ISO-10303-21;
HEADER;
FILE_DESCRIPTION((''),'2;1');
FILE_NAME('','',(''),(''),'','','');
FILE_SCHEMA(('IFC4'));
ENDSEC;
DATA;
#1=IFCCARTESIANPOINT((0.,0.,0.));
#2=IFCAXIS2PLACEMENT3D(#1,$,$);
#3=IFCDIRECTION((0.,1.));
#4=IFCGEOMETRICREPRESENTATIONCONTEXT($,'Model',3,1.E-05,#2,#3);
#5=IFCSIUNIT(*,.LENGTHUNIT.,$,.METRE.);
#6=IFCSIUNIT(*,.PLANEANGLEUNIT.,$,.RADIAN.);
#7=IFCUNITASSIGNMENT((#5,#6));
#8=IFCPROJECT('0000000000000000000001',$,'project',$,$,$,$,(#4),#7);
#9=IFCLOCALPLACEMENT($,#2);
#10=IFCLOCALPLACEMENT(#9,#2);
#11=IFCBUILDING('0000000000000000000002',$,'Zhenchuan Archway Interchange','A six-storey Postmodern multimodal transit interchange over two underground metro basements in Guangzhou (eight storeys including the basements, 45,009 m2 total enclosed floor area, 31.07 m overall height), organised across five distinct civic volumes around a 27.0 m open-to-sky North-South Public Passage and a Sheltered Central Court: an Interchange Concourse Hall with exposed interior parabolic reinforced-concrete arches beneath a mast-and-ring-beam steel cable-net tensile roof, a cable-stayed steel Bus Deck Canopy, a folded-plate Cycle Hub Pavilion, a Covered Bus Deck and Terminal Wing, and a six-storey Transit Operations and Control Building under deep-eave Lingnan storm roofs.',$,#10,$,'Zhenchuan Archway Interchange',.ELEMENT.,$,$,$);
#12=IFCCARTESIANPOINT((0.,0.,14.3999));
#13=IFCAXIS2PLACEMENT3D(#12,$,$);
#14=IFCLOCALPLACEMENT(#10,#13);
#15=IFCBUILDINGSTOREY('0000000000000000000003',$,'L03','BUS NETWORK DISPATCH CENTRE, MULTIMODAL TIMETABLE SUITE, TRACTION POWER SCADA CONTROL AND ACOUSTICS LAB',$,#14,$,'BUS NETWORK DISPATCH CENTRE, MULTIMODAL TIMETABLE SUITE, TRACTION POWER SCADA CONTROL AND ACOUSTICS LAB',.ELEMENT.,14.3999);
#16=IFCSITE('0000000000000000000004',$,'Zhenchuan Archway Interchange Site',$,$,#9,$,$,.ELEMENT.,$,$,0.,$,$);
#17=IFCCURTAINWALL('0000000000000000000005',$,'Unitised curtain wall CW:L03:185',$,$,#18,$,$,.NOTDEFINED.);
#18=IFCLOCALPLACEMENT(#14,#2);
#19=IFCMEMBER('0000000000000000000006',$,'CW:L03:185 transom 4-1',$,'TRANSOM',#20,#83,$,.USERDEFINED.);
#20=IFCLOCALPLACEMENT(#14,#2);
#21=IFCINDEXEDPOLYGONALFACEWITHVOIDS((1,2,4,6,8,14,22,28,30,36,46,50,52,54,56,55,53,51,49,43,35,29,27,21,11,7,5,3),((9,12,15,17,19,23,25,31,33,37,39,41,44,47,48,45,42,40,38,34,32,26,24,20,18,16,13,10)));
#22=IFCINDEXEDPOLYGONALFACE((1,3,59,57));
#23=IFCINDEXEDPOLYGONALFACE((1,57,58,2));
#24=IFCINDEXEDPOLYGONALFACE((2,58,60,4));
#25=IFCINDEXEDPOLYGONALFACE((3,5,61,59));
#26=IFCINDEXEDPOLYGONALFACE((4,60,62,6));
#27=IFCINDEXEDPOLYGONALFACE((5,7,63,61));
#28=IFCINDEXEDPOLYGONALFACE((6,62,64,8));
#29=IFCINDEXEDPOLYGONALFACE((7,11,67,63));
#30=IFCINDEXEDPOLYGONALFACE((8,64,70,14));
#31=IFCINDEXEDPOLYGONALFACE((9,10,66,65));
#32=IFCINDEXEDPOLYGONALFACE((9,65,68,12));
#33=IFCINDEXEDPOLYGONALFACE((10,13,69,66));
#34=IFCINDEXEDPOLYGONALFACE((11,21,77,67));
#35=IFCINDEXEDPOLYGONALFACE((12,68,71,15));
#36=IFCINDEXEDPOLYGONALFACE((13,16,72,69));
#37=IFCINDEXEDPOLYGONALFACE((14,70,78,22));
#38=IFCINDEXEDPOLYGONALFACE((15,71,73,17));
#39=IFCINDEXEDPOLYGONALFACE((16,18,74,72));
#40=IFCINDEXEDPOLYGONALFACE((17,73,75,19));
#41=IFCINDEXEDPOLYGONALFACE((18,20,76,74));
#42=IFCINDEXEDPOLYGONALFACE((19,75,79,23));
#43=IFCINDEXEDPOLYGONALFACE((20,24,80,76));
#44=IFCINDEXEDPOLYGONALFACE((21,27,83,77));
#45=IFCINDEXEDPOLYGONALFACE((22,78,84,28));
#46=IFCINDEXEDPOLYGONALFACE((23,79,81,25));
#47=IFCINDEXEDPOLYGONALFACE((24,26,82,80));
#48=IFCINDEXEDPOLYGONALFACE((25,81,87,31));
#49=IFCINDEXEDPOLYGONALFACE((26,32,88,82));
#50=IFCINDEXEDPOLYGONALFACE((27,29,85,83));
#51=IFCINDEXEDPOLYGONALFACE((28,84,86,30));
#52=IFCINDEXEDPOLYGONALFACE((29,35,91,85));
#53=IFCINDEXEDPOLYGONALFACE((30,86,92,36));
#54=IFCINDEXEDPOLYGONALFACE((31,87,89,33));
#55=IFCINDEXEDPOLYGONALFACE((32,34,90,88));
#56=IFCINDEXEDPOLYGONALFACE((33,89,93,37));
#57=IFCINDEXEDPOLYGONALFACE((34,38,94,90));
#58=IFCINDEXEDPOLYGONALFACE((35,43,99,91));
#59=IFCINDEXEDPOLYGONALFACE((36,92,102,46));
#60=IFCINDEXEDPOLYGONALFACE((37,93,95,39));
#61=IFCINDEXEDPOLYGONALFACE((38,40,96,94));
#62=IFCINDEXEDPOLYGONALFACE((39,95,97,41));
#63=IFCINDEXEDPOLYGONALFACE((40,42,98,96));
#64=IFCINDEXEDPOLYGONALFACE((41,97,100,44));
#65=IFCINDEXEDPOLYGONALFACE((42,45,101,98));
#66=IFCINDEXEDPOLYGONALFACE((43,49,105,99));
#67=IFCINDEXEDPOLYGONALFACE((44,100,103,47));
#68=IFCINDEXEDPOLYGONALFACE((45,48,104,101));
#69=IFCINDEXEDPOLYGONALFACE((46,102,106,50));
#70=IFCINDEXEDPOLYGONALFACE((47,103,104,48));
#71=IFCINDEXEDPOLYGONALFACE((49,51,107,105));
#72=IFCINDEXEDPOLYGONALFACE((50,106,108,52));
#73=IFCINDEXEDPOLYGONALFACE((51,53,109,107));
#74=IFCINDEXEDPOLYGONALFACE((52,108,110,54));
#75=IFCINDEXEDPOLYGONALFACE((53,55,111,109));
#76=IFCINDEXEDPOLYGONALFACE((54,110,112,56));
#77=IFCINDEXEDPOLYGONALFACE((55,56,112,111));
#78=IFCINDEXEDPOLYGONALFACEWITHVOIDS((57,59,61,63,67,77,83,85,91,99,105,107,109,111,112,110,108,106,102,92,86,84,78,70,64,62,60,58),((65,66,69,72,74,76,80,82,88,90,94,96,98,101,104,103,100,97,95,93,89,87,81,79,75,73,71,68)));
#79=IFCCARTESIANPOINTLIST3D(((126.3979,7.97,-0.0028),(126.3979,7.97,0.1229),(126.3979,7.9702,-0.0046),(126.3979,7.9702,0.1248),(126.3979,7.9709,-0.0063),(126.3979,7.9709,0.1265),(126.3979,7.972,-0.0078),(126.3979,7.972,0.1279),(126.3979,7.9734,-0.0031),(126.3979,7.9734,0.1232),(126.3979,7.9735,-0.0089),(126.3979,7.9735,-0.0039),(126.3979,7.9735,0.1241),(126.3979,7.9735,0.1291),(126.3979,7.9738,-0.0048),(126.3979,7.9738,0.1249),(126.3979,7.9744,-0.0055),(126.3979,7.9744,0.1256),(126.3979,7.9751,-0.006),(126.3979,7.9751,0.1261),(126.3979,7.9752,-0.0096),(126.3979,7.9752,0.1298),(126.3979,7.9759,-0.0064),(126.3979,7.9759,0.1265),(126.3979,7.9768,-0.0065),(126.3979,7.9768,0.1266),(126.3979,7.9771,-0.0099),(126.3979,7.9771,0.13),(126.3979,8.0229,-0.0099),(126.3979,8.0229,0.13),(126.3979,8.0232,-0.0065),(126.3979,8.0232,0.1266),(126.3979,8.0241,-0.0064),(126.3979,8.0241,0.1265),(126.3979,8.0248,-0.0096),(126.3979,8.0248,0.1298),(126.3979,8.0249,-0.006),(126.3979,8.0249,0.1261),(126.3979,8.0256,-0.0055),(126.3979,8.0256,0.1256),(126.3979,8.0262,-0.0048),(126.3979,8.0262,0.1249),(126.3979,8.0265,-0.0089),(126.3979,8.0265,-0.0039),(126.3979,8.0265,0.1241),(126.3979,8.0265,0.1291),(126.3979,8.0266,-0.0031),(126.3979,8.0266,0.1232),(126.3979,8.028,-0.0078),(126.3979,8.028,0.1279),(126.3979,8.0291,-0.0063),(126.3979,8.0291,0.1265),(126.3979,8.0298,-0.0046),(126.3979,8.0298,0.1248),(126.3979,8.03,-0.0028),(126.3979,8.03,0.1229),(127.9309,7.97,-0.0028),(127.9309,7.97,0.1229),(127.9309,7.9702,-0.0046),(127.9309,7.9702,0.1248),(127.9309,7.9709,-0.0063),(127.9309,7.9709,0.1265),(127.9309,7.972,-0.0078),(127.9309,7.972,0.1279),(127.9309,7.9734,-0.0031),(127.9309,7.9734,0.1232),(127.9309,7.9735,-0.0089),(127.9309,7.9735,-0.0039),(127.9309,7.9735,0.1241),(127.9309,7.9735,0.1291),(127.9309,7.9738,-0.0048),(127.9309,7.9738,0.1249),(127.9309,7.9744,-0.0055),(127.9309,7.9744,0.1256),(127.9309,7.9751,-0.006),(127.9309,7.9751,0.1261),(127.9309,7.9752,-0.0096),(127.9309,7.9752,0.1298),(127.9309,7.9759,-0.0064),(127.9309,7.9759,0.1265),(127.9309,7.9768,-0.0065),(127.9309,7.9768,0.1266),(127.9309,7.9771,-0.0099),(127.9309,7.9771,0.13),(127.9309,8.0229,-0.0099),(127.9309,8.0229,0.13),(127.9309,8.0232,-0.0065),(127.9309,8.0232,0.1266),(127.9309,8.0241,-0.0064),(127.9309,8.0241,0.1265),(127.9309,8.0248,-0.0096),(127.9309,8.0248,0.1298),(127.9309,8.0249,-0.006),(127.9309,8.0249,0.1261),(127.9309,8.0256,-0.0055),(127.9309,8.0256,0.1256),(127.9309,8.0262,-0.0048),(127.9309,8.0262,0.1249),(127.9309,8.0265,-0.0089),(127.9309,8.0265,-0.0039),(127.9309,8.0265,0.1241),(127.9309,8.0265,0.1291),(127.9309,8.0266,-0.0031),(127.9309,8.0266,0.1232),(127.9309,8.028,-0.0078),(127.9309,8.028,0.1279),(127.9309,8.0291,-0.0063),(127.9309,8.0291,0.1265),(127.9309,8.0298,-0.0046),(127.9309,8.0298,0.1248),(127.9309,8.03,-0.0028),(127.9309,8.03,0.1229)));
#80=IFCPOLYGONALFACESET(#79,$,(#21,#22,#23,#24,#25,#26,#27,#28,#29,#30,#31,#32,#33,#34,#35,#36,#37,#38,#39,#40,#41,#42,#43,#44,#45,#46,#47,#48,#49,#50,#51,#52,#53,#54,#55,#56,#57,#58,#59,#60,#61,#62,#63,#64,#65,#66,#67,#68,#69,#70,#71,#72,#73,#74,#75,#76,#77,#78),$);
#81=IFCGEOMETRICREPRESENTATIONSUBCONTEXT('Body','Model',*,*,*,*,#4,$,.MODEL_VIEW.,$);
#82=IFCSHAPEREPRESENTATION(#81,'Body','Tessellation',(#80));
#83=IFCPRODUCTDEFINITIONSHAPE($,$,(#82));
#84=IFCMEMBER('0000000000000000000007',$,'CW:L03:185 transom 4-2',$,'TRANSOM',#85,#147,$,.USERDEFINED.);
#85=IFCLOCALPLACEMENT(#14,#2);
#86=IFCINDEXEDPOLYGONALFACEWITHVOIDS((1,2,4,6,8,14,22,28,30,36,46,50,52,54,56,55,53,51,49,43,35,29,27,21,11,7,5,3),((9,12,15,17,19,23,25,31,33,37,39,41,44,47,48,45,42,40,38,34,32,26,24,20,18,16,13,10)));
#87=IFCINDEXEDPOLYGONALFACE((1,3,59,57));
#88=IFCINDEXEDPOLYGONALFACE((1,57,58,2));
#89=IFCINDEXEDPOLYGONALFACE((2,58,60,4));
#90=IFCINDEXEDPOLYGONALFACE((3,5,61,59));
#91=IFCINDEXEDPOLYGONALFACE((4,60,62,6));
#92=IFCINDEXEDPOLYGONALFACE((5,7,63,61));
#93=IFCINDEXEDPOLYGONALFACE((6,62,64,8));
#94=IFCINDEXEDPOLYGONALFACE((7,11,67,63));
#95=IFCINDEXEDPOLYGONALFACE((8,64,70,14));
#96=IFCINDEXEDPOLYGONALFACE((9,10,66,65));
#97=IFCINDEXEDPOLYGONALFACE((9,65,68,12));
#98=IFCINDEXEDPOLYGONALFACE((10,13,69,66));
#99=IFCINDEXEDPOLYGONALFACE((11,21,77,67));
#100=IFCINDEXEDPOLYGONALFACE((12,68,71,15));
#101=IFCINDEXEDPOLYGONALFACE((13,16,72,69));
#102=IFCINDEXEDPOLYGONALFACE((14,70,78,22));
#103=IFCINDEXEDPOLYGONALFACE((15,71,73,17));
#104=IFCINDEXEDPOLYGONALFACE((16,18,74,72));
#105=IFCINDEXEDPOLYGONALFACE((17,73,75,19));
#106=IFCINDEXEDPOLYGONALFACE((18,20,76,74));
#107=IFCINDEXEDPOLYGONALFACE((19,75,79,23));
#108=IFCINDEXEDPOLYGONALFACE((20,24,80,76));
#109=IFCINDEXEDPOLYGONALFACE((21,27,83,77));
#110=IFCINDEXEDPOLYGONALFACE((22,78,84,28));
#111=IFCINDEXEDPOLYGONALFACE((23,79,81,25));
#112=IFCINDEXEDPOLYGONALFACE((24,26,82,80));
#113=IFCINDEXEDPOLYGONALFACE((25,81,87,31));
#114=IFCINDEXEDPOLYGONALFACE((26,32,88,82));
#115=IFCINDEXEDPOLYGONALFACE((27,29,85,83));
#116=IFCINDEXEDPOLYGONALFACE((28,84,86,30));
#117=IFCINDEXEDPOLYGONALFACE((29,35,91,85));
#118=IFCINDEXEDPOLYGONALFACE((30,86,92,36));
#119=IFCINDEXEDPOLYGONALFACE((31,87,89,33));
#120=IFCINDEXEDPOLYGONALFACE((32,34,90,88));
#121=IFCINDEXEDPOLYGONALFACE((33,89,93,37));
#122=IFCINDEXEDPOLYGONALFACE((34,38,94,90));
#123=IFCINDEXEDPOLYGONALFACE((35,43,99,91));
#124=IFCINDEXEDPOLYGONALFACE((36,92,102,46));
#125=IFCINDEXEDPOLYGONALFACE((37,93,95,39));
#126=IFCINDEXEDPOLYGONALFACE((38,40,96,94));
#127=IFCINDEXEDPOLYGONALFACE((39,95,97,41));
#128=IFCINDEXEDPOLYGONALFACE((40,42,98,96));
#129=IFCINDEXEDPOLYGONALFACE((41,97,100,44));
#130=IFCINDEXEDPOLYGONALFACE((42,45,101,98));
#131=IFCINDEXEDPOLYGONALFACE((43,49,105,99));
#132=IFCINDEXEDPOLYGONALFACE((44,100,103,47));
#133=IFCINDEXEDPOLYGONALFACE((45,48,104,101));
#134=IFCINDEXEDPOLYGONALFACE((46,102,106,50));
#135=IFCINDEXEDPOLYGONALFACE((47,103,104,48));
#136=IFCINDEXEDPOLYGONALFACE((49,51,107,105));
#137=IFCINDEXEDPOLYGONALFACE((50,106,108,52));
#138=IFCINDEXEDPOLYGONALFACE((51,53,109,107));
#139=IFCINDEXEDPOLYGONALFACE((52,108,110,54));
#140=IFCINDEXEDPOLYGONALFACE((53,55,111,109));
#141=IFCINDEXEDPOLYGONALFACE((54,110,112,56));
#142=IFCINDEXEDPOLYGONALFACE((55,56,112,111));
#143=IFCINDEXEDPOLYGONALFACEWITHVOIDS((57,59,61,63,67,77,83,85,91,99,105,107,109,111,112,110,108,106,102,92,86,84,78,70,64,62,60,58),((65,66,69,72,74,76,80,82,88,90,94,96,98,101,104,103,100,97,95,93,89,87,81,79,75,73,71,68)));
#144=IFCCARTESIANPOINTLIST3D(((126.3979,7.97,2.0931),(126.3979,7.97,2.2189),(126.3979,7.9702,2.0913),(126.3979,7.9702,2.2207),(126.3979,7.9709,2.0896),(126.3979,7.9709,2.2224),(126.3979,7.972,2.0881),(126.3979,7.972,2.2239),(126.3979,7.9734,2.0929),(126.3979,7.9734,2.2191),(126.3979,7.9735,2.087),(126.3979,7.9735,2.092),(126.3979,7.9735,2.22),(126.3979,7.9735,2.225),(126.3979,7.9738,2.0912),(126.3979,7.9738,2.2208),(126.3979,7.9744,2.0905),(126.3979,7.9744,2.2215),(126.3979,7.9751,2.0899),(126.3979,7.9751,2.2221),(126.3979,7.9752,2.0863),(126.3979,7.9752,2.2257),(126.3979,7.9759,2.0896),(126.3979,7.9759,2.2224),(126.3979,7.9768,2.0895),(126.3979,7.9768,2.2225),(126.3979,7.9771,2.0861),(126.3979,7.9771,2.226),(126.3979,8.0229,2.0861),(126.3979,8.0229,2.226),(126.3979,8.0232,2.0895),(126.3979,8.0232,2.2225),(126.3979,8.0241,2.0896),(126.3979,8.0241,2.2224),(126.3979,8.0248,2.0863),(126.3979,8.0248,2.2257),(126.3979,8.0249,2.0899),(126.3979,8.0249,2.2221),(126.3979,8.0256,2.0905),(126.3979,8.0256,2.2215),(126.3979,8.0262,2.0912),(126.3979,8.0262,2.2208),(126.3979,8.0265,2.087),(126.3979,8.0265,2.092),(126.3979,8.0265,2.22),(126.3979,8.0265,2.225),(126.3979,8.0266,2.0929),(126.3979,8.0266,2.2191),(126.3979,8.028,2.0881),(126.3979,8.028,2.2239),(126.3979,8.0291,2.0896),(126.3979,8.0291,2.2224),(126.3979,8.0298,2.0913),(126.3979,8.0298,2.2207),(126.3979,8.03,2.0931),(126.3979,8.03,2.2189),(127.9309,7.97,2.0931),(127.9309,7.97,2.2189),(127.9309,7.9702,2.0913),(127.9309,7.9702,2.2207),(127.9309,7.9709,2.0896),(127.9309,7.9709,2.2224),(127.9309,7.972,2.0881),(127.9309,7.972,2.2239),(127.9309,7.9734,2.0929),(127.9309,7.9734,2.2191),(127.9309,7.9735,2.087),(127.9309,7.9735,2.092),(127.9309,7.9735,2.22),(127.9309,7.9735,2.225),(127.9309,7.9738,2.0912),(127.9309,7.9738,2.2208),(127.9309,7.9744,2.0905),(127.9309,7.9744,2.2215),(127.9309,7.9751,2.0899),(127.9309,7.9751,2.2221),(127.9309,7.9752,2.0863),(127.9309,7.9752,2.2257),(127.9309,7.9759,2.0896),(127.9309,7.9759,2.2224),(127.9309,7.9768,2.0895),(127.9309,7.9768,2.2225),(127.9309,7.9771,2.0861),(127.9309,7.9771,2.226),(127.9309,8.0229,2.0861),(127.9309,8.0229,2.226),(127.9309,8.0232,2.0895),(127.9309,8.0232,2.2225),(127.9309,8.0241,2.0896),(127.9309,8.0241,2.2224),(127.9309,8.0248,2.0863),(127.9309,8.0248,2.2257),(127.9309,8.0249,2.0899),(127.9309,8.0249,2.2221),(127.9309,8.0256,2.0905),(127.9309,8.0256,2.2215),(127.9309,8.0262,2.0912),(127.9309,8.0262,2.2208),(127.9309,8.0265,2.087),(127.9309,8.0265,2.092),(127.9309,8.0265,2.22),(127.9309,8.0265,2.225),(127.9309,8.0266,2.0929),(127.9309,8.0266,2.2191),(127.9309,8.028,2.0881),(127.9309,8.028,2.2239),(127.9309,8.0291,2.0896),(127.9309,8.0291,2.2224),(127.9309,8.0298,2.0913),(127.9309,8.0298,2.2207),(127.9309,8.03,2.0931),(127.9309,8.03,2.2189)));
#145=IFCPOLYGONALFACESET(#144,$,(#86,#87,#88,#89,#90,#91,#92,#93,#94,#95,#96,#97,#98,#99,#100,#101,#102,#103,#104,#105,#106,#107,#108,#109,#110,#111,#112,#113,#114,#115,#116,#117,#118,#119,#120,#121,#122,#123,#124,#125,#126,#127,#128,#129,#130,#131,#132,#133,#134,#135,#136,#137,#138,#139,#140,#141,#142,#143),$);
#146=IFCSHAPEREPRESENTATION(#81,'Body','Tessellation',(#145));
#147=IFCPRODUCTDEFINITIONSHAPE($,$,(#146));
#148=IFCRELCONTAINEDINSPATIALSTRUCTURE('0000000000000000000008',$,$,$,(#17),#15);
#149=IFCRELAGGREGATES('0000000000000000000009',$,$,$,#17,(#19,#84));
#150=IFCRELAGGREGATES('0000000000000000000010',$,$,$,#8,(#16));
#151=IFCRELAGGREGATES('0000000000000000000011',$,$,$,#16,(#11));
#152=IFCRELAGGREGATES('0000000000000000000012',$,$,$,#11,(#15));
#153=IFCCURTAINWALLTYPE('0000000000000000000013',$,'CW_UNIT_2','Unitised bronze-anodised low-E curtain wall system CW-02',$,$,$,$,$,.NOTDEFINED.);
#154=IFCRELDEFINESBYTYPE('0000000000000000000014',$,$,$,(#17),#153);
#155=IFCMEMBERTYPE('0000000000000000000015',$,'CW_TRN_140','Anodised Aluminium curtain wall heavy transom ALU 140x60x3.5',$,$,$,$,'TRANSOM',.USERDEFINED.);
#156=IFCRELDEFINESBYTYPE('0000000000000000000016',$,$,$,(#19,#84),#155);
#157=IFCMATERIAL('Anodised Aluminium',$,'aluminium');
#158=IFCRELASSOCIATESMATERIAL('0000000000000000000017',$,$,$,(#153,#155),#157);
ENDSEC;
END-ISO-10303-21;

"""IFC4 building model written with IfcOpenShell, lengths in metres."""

from ifc_helpers import new_model, si_unit, direction, frame, origin, origin_2d, place, context, subcontext, project, spatial, hollow_rectangle, extrude, material, material_profile, profile_set, type_object, element, aggregate, save


model = new_model("IFC4")

# Units and contexts
model_context = context("Model", 3, precision=1e-05, world=origin(), true_north=direction((0.0, 1.0)))
body_context = subcontext(model_context, "Body", "Model", "MODEL_VIEW")
ifc_project = project(units=[si_unit("LENGTHUNIT", "METRE"), si_unit("PLANEANGLEUNIT", "RADIAN")], contexts=[model_context])

# Site, building, storey
site_placement = place(None, origin())
site = spatial("IfcSite", under=ifc_project, at=site_placement, Name="Zhenchuan Archway Interchange Site", CompositionType="ELEMENT", RefElevation=0.0)
building_placement = place(site_placement, origin())
building = spatial("IfcBuilding", under=site, at=building_placement, Name="Zhenchuan Archway Interchange", Description="A six-storey Postmodern multimodal transit interchange over two underground metro basements in Guangzhou (eight storeys including the basements, 45,009 m2 total enclosed floor area, 31.07 m overall height), organised across five distinct civic volumes around a 27.0 m open-to-sky North-South Public Passage and a Sheltered Central Court: an Interchange Concourse Hall with exposed interior parabolic reinforced-concrete arches beneath a mast-and-ring-beam steel cable-net tensile roof, a cable-stayed steel Bus Deck Canopy, a folded-plate Cycle Hub Pavilion, a Covered Bus Deck and Terminal Wing, and a six-storey Transit Operations and Control Building under deep-eave Lingnan storm roofs.", LongName="Zhenchuan Archway Interchange", CompositionType="ELEMENT")
storey_placement = place(building_placement, frame((0.0, 0.0, 14.3999)))
storey = spatial("IfcBuildingStorey", under=building, at=storey_placement, Name="L03", Description="BUS NETWORK DISPATCH CENTRE, MULTIMODAL TIMETABLE SUITE, TRACTION POWER SCADA CONTROL AND ACOUSTICS LAB", LongName="BUS NETWORK DISPATCH CENTRE, MULTIMODAL TIMETABLE SUITE, TRACTION POWER SCADA CONTROL AND ACOUSTICS LAB", CompositionType="ELEMENT", Elevation=14.3999)

# Curtain wall, members
ifc_material_1 = material(Name="Anodised Aluminium", Category="aluminium")
curtain_wall_type = type_object("IfcCurtainWallType", Name="CW_UNIT_2", Description="Unitised bronze-anodised low-E curtain wall system CW-02", PredefinedType="NOTDEFINED", material=ifc_material_1)
curtain_wall_placement = place(storey_placement, origin())
curtain_wall = element("IfcCurtainWall", 1, at=curtain_wall_placement, inside=storey, type_object=curtain_wall_type, Name="Unitised curtain wall CW:L03:185", PredefinedType="NOTDEFINED")
ifc_material_profile_1 = material_profile(ifc_material_1, hollow_rectangle(XDim=0.0601, YDim=0.1399, WallThickness=0.0034, InnerFilletRadius=0.0034, OuterFilletRadius=0.0071, at=origin_2d()), Name="ALU 140x60x3.5")
ifc_profile_set_1 = profile_set([ifc_material_profile_1], Name="Anodised Aluminium")
member_type_1 = type_object("IfcMemberType", Name="CW_TRN_140", Description="Anodised Aluminium curtain wall heavy transom ALU 140x60x3.5", ElementType="TRANSOM", PredefinedType="USERDEFINED", material=ifc_profile_set_1)
member_1_placement = place(storey_placement, frame((127.9309, 8.0, 0.0601), z_axis=(-1.0, 0.0, 0.0), x_axis=(0.0, -1.0, 0.0)))
member_1 = element("IfcMember", 2, at=member_1_placement, type_object=member_type_1, Name="CW:L03:185 transom 4-1", ObjectType="TRANSOM", PredefinedType="USERDEFINED", context=body_context, shape_type="SweptSolid", body=[
    extrude(hollow_rectangle(XDim=0.0601, YDim=0.1399, WallThickness=0.0034, InnerFilletRadius=0.0034, OuterFilletRadius=0.0071, at=origin_2d()), origin(), (0.0, 0.0, 1.0), 1.533),
])
member_2_placement = place(storey_placement, frame((127.9309, 8.0, 2.156), z_axis=(-1.0, 0.0, 0.0), x_axis=(0.0, -1.0, 0.0)))
member_2 = element("IfcMember", 3, at=member_2_placement, type_object=member_type_1, Name="CW:L03:185 transom 4-2", ObjectType="TRANSOM", PredefinedType="USERDEFINED", context=body_context, shape_type="SweptSolid", body=[
    extrude(hollow_rectangle(XDim=0.0601, YDim=0.1399, WallThickness=0.0034, InnerFilletRadius=0.0034, OuterFilletRadius=0.0071, at=origin_2d()), origin(), (0.0, 0.0, 1.0), 1.533),
])

aggregate(curtain_wall, [member_1, member_2])

save(model, "model.ifc")
